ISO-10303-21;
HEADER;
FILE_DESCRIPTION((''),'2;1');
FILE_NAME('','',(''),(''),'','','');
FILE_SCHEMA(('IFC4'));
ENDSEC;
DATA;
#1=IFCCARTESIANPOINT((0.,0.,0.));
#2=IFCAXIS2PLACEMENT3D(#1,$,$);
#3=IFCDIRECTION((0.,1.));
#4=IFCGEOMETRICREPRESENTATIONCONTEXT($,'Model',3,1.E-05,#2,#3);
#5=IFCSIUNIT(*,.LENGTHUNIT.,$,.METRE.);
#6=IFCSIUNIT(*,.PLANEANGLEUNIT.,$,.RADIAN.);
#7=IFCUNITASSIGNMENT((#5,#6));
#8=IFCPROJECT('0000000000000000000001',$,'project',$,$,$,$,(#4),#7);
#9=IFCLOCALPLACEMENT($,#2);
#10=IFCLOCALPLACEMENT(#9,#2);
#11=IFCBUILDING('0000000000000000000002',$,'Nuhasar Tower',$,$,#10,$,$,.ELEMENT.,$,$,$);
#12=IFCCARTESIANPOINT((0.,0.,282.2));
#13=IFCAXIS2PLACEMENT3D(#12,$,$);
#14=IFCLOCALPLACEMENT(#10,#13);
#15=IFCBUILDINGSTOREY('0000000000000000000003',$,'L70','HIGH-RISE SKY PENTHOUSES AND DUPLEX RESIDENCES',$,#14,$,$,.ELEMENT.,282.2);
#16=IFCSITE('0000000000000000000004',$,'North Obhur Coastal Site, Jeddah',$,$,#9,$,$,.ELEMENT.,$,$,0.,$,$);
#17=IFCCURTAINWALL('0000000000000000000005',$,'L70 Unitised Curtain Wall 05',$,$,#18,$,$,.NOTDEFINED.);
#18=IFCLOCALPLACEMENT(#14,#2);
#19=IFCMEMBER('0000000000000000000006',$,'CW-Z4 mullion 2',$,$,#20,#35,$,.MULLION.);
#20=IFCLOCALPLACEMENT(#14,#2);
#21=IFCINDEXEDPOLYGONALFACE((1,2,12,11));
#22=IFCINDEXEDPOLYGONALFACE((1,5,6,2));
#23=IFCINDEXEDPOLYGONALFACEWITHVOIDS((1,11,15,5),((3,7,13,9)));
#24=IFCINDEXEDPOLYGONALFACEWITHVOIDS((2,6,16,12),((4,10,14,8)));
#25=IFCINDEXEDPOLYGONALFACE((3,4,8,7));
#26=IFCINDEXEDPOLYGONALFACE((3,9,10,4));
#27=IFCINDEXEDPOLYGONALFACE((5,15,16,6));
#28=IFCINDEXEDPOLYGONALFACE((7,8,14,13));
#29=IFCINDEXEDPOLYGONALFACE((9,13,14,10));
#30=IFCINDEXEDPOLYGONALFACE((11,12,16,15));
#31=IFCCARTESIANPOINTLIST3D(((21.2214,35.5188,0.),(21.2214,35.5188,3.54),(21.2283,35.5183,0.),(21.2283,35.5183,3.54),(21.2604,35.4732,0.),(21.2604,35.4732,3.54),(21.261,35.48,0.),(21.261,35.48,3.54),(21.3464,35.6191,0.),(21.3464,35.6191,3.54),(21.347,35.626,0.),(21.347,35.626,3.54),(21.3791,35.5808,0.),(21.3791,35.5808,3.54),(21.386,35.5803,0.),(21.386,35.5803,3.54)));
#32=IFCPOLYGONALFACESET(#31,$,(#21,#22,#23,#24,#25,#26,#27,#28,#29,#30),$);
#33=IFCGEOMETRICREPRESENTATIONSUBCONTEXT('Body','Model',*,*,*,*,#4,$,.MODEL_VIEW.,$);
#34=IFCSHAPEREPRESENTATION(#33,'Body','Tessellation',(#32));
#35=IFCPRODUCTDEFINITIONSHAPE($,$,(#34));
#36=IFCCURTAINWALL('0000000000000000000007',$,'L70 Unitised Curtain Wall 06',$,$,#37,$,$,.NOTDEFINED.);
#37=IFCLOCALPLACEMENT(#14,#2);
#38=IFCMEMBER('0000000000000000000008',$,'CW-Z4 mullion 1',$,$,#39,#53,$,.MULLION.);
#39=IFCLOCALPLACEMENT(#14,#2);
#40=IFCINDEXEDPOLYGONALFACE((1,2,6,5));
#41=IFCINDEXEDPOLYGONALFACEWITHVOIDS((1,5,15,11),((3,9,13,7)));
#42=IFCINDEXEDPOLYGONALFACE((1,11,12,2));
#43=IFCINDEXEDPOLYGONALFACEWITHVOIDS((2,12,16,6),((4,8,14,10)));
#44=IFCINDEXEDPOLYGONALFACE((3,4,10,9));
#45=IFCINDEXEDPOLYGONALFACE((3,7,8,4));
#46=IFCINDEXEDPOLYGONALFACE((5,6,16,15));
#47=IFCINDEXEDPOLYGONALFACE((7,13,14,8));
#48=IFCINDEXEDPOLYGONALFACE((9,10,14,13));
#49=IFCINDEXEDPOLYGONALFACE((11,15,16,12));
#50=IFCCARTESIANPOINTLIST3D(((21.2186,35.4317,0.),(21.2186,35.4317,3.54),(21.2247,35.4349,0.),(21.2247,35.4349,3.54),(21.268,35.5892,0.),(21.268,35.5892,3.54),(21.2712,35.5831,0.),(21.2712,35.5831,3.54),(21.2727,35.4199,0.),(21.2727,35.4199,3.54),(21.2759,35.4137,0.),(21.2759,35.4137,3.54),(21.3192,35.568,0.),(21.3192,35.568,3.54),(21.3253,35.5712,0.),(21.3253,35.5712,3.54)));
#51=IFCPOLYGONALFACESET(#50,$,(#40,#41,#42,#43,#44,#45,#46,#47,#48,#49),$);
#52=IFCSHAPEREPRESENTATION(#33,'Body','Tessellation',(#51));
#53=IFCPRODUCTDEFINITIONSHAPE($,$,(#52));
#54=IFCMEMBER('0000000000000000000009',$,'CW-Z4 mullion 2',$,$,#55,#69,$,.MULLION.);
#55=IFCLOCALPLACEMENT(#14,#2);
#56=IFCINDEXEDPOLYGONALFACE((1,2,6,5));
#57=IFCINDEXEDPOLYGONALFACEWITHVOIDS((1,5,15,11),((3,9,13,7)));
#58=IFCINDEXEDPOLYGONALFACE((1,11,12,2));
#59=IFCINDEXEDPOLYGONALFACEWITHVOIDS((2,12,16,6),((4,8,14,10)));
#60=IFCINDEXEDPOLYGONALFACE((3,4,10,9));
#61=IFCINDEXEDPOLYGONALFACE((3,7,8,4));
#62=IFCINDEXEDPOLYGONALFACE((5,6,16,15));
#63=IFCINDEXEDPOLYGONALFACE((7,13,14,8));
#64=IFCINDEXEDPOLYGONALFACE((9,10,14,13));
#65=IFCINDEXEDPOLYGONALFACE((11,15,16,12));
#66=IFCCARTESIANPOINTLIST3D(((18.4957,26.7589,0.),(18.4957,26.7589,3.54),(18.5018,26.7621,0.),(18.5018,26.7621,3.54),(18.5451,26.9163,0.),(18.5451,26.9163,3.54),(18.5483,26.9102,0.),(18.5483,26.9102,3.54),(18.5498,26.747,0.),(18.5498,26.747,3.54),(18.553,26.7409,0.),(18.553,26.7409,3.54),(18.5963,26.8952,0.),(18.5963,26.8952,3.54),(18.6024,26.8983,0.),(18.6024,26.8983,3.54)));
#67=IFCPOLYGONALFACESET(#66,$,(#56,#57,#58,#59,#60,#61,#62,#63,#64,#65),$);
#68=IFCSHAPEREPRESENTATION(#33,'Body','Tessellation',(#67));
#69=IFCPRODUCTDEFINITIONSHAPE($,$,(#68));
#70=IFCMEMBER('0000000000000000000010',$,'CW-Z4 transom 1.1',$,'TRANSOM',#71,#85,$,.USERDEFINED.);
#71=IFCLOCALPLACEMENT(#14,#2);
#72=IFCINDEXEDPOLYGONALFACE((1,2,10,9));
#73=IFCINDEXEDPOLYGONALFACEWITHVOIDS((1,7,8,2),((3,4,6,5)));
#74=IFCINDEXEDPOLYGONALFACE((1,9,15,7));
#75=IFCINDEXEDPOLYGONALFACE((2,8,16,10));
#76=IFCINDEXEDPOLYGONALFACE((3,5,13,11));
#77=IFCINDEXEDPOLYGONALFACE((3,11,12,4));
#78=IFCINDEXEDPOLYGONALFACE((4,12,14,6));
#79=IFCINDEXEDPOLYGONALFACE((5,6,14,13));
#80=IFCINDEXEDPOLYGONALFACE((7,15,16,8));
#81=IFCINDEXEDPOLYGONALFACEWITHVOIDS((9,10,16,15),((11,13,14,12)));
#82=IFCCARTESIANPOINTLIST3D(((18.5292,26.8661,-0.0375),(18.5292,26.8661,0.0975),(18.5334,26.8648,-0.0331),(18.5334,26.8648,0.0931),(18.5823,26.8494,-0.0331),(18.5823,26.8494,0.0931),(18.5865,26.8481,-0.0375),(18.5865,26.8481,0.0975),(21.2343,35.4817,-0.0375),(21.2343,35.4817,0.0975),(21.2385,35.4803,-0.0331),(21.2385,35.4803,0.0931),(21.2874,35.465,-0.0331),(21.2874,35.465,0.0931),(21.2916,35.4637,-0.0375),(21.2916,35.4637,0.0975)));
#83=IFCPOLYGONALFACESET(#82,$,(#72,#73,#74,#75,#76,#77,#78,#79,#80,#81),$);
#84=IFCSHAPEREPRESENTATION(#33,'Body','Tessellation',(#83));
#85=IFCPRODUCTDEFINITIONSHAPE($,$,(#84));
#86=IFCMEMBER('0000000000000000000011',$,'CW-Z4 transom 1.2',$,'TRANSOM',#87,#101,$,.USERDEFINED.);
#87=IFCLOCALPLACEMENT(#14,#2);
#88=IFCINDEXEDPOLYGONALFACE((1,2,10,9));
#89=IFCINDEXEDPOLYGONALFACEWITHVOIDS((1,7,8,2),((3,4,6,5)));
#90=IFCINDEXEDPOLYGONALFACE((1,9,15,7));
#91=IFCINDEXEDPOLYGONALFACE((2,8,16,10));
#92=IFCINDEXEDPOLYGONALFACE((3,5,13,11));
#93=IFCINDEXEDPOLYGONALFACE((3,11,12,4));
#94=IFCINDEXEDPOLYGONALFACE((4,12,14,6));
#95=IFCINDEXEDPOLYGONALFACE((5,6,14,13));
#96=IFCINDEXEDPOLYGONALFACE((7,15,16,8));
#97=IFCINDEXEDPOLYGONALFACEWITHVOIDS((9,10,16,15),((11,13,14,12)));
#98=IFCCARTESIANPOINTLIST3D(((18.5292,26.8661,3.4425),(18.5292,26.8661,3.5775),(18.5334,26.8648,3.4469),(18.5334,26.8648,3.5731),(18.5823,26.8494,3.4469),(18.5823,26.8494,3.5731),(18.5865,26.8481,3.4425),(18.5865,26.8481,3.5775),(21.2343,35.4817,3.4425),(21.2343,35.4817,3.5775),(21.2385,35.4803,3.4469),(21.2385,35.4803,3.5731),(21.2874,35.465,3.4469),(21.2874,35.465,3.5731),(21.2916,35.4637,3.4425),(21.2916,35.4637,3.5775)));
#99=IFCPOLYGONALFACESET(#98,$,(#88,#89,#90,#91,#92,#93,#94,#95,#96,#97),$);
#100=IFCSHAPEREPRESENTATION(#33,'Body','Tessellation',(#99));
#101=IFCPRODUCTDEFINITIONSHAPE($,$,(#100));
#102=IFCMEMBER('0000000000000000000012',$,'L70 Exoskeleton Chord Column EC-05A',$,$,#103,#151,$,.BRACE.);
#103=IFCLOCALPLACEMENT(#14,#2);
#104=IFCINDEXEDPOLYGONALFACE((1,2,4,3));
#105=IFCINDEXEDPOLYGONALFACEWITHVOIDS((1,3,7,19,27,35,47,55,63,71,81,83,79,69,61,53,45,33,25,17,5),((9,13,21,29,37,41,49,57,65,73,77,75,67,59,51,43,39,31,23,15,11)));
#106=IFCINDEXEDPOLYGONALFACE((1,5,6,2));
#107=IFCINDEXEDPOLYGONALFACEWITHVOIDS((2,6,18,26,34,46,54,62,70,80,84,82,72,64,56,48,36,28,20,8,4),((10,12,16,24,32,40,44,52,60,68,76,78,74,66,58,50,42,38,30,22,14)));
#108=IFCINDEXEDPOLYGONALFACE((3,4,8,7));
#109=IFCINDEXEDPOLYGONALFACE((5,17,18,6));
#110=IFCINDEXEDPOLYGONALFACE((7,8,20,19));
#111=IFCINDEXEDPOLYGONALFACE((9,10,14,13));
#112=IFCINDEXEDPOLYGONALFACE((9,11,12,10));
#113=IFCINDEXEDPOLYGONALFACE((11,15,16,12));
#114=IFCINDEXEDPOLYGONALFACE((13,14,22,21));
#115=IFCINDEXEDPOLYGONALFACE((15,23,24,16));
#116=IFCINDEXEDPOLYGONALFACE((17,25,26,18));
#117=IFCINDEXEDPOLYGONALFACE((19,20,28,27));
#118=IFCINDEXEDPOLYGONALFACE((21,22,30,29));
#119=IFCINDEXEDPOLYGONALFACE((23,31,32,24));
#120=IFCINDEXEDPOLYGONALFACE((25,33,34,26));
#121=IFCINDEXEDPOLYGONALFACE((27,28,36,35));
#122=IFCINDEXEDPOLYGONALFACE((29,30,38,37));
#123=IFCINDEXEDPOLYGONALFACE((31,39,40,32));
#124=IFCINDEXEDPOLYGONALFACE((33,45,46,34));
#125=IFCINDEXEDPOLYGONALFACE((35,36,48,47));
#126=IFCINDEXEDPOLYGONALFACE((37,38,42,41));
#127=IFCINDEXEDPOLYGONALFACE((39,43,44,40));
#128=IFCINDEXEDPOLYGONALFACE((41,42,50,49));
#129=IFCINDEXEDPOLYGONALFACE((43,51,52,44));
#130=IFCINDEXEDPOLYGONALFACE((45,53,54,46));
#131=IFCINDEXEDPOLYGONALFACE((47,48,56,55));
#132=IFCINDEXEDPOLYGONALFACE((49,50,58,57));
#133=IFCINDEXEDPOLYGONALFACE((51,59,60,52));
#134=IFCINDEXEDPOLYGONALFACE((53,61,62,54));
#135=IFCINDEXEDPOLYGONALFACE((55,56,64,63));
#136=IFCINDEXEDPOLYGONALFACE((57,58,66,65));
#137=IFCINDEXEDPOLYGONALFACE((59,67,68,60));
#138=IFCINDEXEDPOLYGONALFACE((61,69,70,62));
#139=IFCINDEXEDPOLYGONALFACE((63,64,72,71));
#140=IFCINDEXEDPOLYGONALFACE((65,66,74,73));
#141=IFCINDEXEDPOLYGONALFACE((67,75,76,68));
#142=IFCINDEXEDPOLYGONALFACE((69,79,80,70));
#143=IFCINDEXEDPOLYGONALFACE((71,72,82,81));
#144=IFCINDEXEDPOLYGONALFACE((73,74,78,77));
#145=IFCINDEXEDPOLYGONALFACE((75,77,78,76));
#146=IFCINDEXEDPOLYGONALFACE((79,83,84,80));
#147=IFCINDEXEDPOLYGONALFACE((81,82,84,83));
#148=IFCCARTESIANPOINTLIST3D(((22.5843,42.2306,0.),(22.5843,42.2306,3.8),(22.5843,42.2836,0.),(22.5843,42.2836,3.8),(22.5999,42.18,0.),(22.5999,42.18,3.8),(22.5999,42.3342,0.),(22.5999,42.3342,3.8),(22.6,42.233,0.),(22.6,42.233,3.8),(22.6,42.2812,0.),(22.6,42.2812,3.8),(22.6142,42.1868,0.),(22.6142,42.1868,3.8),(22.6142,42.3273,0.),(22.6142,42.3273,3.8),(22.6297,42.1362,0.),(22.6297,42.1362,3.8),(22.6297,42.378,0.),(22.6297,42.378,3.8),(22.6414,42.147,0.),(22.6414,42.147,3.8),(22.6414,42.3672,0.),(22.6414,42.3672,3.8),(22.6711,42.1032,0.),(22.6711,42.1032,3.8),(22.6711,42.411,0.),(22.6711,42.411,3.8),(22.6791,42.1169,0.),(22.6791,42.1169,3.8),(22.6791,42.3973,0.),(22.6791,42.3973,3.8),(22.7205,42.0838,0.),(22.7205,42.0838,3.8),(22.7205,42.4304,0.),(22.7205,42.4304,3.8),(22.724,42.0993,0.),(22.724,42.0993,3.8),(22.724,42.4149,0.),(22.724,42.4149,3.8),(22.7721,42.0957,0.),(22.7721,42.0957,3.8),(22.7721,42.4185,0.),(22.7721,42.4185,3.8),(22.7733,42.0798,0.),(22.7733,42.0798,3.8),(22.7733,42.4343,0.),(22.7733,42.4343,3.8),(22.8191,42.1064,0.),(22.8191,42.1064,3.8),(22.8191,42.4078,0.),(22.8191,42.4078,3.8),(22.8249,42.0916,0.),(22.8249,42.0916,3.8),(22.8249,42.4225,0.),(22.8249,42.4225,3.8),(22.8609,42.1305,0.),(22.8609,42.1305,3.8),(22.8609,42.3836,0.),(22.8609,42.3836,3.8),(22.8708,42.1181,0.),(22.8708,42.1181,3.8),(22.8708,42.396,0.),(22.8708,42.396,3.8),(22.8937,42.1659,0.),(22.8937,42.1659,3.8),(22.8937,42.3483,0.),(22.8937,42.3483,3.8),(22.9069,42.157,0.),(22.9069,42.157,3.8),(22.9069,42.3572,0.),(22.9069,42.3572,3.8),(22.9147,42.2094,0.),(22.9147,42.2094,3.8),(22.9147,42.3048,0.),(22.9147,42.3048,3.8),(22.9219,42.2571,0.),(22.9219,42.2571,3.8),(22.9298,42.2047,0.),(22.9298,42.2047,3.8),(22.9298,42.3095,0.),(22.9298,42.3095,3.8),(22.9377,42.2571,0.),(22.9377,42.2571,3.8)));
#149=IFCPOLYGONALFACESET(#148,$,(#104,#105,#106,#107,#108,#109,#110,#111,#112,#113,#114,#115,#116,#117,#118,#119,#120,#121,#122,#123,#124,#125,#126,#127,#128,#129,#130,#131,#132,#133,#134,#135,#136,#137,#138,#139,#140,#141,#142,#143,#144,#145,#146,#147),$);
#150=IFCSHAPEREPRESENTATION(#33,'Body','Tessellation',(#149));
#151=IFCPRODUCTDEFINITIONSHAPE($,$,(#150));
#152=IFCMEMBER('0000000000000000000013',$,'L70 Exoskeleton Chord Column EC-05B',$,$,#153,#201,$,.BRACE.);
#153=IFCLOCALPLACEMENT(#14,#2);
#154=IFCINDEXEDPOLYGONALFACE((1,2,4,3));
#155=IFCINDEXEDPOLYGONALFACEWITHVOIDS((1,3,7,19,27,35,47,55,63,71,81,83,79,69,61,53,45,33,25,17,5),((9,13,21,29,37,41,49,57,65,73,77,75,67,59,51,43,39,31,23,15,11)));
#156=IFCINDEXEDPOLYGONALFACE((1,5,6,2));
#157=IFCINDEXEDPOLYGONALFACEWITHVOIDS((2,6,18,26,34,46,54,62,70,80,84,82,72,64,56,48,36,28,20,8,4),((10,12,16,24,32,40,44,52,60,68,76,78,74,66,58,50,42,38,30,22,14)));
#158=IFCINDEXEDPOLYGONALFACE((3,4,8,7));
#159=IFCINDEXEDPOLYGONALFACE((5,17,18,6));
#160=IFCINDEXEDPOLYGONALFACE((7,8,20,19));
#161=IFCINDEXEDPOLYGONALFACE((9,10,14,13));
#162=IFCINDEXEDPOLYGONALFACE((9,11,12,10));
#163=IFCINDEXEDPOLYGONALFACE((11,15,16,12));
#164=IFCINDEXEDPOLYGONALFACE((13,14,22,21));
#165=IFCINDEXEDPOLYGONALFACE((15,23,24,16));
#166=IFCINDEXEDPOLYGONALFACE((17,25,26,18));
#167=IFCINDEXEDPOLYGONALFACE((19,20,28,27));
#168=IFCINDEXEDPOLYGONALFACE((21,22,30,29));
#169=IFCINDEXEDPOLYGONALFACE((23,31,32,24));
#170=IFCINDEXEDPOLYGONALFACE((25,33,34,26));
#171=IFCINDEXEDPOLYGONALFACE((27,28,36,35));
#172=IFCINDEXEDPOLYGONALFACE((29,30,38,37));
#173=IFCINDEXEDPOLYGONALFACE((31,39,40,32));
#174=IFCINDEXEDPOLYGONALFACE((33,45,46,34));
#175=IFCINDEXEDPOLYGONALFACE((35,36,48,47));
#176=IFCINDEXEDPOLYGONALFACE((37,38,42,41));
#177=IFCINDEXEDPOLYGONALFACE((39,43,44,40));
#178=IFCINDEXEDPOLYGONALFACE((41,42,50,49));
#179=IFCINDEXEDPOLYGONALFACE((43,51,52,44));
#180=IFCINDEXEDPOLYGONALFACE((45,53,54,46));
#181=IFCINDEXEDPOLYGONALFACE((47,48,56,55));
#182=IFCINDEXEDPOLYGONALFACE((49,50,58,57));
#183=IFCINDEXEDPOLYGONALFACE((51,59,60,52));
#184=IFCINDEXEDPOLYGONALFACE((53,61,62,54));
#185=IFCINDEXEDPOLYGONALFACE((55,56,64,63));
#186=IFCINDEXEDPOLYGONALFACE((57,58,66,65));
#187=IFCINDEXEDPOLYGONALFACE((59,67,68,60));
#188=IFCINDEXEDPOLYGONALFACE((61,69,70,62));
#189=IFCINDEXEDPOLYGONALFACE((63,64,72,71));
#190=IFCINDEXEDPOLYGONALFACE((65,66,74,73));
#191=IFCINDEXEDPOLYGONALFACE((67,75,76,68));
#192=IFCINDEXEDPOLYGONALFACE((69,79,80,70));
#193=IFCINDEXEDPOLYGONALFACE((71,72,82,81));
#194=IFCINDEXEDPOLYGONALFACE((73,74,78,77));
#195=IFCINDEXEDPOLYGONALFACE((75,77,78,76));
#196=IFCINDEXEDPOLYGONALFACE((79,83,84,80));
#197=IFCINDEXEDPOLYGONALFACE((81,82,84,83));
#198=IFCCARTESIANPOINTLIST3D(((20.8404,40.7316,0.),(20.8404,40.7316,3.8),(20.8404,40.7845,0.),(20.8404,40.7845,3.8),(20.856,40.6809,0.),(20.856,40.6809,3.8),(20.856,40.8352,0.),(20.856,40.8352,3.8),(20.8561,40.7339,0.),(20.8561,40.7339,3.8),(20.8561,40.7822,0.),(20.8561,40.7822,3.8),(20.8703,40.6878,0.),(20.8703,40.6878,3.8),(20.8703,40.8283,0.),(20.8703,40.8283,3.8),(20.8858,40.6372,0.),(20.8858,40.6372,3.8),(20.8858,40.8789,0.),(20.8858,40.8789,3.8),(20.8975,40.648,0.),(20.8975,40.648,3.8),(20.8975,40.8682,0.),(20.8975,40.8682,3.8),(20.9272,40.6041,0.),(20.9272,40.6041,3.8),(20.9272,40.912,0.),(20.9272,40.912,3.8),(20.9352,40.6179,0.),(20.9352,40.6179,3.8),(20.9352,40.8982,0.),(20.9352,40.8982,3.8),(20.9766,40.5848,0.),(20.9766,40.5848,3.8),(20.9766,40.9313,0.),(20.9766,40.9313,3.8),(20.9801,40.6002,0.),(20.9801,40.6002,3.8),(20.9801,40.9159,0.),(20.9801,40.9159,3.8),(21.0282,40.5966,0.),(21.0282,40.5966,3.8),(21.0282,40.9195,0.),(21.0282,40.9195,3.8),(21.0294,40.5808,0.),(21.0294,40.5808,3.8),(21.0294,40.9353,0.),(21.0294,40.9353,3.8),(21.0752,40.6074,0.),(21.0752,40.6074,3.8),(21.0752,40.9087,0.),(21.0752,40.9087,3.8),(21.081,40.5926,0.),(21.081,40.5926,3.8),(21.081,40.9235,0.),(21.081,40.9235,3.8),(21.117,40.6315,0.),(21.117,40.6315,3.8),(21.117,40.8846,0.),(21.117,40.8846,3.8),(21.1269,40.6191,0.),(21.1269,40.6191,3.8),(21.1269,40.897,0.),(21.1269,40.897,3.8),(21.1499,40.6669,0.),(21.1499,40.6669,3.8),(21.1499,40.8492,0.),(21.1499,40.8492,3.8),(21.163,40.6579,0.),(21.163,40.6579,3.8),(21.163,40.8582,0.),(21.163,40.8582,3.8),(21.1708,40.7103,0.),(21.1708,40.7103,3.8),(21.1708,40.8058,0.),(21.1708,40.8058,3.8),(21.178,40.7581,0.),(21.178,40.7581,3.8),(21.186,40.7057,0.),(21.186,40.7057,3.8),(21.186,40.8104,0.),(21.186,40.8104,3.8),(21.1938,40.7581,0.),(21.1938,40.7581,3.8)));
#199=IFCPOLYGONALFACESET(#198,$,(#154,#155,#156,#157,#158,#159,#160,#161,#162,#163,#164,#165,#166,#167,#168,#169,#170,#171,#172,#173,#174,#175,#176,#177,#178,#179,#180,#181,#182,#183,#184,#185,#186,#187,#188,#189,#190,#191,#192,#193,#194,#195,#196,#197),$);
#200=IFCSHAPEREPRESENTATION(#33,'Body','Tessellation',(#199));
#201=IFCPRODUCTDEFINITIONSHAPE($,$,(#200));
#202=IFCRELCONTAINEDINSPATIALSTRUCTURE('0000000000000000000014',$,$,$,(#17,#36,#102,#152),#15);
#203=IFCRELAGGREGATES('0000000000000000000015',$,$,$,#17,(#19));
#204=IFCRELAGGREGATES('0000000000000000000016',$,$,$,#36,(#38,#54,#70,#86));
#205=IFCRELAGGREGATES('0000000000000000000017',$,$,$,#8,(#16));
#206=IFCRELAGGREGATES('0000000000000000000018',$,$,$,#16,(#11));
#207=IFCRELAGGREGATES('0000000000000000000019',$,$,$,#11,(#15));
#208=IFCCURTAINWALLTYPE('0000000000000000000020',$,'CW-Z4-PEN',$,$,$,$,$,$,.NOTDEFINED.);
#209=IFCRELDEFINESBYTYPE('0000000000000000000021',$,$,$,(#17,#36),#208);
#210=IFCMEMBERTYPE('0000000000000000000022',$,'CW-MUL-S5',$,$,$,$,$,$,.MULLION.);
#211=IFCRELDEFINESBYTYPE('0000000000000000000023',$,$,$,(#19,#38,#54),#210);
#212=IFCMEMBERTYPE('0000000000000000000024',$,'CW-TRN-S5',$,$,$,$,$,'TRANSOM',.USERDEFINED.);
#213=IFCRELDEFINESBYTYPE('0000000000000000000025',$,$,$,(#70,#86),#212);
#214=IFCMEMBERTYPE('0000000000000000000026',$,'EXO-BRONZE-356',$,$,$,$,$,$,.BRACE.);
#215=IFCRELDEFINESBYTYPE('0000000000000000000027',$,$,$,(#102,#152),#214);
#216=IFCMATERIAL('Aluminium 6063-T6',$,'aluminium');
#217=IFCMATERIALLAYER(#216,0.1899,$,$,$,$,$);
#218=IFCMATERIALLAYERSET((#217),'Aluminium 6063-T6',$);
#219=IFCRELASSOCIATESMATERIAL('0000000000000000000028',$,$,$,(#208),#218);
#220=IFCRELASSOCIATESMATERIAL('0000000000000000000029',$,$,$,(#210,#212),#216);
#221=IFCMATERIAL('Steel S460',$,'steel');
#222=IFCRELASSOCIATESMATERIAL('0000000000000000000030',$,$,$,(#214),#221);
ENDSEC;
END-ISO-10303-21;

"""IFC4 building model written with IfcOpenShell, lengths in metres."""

from ifc_helpers import new_model, si_unit, direction, frame, origin, origin_2d, place, context, subcontext, project, spatial, hollow_rectangle, hollow_circle, extrude, material, layer, layer_set, material_profile, profile_set, type_object, element, aggregate, save


model = new_model("IFC4")

# Units and contexts
model_context = context("Model", 3, precision=1e-05, world=origin(), true_north=direction((0.0, 1.0)))
body_context = subcontext(model_context, "Body", "Model", "MODEL_VIEW")
ifc_project = project(units=[si_unit("LENGTHUNIT", "METRE"), si_unit("PLANEANGLEUNIT", "RADIAN")], contexts=[model_context])

# Site, building, storey
site_placement = place(None, origin())
site = spatial("IfcSite", under=ifc_project, at=site_placement, Name="North Obhur Coastal Site, Jeddah", CompositionType="ELEMENT", RefElevation=0.0)
building_placement = place(site_placement, origin())
building = spatial("IfcBuilding", under=site, at=building_placement, Name="Nuhasar Tower", CompositionType="ELEMENT")
storey_placement = place(building_placement, frame((0.0, 0.0, 282.2)))
storey = spatial("IfcBuildingStorey", under=building, at=storey_placement, Name="L70", Description="HIGH-RISE SKY PENTHOUSES AND DUPLEX RESIDENCES", CompositionType="ELEMENT", Elevation=282.2)

# Curtain wall, member
ifc_material_1 = material(Name="Aluminium 6063-T6", Category="aluminium")
ifc_layer_1 = layer(ifc_material_1, 0.1899)
ifc_layer_set_1 = layer_set([ifc_layer_1], Name="Aluminium 6063-T6")
curtain_wall_type = type_object("IfcCurtainWallType", Name="CW-Z4-PEN", PredefinedType="NOTDEFINED", material=ifc_layer_set_1)
curtain_wall_1_placement = place(storey_placement, origin())
curtain_wall_1 = element("IfcCurtainWall", 1, at=curtain_wall_1_placement, inside=storey, type_object=curtain_wall_type, Name="L70 Unitised Curtain Wall 05", PredefinedType="NOTDEFINED")
ifc_material_profile_1 = material_profile(ifc_material_1, hollow_rectangle(XDim=0.0601, YDim=0.165, WallThickness=0.0049, at=origin_2d()), Name="CWM-5")
ifc_profile_set_1 = profile_set([ifc_material_profile_1], Name="Aluminium 6063-T6")
member_type_1 = type_object("IfcMemberType", Name="CW-MUL-S5", PredefinedType="MULLION", material=ifc_profile_set_1)
member_1_placement = place(storey_placement, frame((21.3037, 35.5496, 0.0), z_axis=(0.0, 0.0, 1.0), x_axis=(0.649142, -0.760667, 0.0)))
member_1 = element("IfcMember", 2, at=member_1_placement, type_object=member_type_1, Name="CW-Z4 mullion 2", PredefinedType="MULLION", context=body_context, shape_type="SweptSolid", body=[
    extrude(hollow_rectangle(XDim=0.0601, YDim=0.165, WallThickness=0.0049, at=origin_2d()), origin(), (0.0, 0.0, 1.0), 3.54),
])

# Curtain wall, members
curtain_wall_2_placement = place(storey_placement, origin())
curtain_wall_2 = element("IfcCurtainWall", 3, at=curtain_wall_2_placement, inside=storey, type_object=curtain_wall_type, Name="L70 Unitised Curtain Wall 06", PredefinedType="NOTDEFINED")
member_2_placement = place(storey_placement, frame((21.272, 35.5015, 0.0), z_axis=(0.0, 0.0, 1.0), x_axis=(0.954079, -0.299557, 0.0)))
member_2 = element("IfcMember", 4, at=member_2_placement, type_object=member_type_1, Name="CW-Z4 mullion 1", PredefinedType="MULLION", context=body_context, shape_type="SweptSolid", body=[
    extrude(hollow_rectangle(XDim=0.0601, YDim=0.165, WallThickness=0.0049, at=origin_2d()), origin(), (0.0, 0.0, 1.0), 3.54),
])
member_3_placement = place(storey_placement, frame((18.5491, 26.8286, 0.0), z_axis=(0.0, 0.0, 1.0), x_axis=(0.954079, -0.299557, 0.0)))
member_3 = element("IfcMember", 5, at=member_3_placement, type_object=member_type_1, Name="CW-Z4 mullion 2", PredefinedType="MULLION", context=body_context, shape_type="SweptSolid", body=[
    extrude(hollow_rectangle(XDim=0.0601, YDim=0.165, WallThickness=0.0049, at=origin_2d()), origin(), (0.0, 0.0, 1.0), 3.54),
])
ifc_material_profile_2 = material_profile(ifc_material_1, hollow_rectangle(XDim=0.0601, YDim=0.135, WallThickness=0.0044, at=origin_2d()), Name="CWT-5")
ifc_profile_set_2 = profile_set([ifc_material_profile_2], Name="Aluminium 6063-T6")
member_type_2 = type_object("IfcMemberType", Name="CW-TRN-S5", ElementType="TRANSOM", PredefinedType="USERDEFINED", material=ifc_profile_set_2)
member_4_placement = place(storey_placement, frame((21.2629, 35.4727, 0.03), z_axis=(-0.29956, -0.954077, 0.0), x_axis=(0.954077, -0.29956, 0.0)))
member_4 = element("IfcMember", 6, at=member_4_placement, type_object=member_type_2, Name="CW-Z4 transom 1.1", ObjectType="TRANSOM", PredefinedType="USERDEFINED", context=body_context, shape_type="SweptSolid", body=[
    extrude(hollow_rectangle(XDim=0.0601, YDim=0.135, WallThickness=0.0044, at=origin_2d()), origin(), (0.0, 0.0, 1.0), 9.0303),
])
member_5_placement = place(storey_placement, frame((21.2629, 35.4727, 3.51), z_axis=(-0.29956, -0.954077, 0.0), x_axis=(0.954077, -0.29956, 0.0)))
member_5 = element("IfcMember", 7, at=member_5_placement, type_object=member_type_2, Name="CW-Z4 transom 1.2", ObjectType="TRANSOM", PredefinedType="USERDEFINED", context=body_context, shape_type="SweptSolid", body=[
    extrude(hollow_rectangle(XDim=0.0601, YDim=0.135, WallThickness=0.0044, at=origin_2d()), origin(), (0.0, 0.0, 1.0), 9.0303),
])

# Members
ifc_material_2 = material(Name="Steel S460", Category="steel")
ifc_material_profile_3 = material_profile(ifc_material_2, hollow_circle(Radius=0.1777, WallThickness=0.0159, at=origin_2d()), Name="HSS355.6X15.9")
ifc_profile_set_3 = profile_set([ifc_material_profile_3], Name="Steel S460")
member_type_3 = type_object("IfcMemberType", Name="EXO-BRONZE-356", PredefinedType="BRACE", material=ifc_profile_set_3)
for number, where, z_axis, x_axis, name in (
    (8, (22.76, 42.2571, 0.0), (0.0, 0.0, 1.0), (1.0, 0.0, 0.0), "L70 Exoskeleton Chord Column EC-05A"),
    (9, (21.0161, 40.7581, 0.0), (0.0, 0.0, 1.0), (1.0, 0.0, 0.0), "L70 Exoskeleton Chord Column EC-05B"),
):
    element("IfcMember", number, at=place(storey_placement, frame(where, z_axis=z_axis, x_axis=x_axis)), inside=storey, type_object=member_type_3, Name=name, PredefinedType="BRACE", context=body_context, shape_type="SweptSolid", body=[
        extrude(hollow_circle(Radius=0.1777, WallThickness=0.0159, at=origin_2d()), origin(), (0.0, 0.0, 1.0), 3.8),
    ])

aggregate(curtain_wall_1, [member_1])
aggregate(curtain_wall_2, [member_2, member_3, member_4, member_5])

save(model, "model.ifc")
